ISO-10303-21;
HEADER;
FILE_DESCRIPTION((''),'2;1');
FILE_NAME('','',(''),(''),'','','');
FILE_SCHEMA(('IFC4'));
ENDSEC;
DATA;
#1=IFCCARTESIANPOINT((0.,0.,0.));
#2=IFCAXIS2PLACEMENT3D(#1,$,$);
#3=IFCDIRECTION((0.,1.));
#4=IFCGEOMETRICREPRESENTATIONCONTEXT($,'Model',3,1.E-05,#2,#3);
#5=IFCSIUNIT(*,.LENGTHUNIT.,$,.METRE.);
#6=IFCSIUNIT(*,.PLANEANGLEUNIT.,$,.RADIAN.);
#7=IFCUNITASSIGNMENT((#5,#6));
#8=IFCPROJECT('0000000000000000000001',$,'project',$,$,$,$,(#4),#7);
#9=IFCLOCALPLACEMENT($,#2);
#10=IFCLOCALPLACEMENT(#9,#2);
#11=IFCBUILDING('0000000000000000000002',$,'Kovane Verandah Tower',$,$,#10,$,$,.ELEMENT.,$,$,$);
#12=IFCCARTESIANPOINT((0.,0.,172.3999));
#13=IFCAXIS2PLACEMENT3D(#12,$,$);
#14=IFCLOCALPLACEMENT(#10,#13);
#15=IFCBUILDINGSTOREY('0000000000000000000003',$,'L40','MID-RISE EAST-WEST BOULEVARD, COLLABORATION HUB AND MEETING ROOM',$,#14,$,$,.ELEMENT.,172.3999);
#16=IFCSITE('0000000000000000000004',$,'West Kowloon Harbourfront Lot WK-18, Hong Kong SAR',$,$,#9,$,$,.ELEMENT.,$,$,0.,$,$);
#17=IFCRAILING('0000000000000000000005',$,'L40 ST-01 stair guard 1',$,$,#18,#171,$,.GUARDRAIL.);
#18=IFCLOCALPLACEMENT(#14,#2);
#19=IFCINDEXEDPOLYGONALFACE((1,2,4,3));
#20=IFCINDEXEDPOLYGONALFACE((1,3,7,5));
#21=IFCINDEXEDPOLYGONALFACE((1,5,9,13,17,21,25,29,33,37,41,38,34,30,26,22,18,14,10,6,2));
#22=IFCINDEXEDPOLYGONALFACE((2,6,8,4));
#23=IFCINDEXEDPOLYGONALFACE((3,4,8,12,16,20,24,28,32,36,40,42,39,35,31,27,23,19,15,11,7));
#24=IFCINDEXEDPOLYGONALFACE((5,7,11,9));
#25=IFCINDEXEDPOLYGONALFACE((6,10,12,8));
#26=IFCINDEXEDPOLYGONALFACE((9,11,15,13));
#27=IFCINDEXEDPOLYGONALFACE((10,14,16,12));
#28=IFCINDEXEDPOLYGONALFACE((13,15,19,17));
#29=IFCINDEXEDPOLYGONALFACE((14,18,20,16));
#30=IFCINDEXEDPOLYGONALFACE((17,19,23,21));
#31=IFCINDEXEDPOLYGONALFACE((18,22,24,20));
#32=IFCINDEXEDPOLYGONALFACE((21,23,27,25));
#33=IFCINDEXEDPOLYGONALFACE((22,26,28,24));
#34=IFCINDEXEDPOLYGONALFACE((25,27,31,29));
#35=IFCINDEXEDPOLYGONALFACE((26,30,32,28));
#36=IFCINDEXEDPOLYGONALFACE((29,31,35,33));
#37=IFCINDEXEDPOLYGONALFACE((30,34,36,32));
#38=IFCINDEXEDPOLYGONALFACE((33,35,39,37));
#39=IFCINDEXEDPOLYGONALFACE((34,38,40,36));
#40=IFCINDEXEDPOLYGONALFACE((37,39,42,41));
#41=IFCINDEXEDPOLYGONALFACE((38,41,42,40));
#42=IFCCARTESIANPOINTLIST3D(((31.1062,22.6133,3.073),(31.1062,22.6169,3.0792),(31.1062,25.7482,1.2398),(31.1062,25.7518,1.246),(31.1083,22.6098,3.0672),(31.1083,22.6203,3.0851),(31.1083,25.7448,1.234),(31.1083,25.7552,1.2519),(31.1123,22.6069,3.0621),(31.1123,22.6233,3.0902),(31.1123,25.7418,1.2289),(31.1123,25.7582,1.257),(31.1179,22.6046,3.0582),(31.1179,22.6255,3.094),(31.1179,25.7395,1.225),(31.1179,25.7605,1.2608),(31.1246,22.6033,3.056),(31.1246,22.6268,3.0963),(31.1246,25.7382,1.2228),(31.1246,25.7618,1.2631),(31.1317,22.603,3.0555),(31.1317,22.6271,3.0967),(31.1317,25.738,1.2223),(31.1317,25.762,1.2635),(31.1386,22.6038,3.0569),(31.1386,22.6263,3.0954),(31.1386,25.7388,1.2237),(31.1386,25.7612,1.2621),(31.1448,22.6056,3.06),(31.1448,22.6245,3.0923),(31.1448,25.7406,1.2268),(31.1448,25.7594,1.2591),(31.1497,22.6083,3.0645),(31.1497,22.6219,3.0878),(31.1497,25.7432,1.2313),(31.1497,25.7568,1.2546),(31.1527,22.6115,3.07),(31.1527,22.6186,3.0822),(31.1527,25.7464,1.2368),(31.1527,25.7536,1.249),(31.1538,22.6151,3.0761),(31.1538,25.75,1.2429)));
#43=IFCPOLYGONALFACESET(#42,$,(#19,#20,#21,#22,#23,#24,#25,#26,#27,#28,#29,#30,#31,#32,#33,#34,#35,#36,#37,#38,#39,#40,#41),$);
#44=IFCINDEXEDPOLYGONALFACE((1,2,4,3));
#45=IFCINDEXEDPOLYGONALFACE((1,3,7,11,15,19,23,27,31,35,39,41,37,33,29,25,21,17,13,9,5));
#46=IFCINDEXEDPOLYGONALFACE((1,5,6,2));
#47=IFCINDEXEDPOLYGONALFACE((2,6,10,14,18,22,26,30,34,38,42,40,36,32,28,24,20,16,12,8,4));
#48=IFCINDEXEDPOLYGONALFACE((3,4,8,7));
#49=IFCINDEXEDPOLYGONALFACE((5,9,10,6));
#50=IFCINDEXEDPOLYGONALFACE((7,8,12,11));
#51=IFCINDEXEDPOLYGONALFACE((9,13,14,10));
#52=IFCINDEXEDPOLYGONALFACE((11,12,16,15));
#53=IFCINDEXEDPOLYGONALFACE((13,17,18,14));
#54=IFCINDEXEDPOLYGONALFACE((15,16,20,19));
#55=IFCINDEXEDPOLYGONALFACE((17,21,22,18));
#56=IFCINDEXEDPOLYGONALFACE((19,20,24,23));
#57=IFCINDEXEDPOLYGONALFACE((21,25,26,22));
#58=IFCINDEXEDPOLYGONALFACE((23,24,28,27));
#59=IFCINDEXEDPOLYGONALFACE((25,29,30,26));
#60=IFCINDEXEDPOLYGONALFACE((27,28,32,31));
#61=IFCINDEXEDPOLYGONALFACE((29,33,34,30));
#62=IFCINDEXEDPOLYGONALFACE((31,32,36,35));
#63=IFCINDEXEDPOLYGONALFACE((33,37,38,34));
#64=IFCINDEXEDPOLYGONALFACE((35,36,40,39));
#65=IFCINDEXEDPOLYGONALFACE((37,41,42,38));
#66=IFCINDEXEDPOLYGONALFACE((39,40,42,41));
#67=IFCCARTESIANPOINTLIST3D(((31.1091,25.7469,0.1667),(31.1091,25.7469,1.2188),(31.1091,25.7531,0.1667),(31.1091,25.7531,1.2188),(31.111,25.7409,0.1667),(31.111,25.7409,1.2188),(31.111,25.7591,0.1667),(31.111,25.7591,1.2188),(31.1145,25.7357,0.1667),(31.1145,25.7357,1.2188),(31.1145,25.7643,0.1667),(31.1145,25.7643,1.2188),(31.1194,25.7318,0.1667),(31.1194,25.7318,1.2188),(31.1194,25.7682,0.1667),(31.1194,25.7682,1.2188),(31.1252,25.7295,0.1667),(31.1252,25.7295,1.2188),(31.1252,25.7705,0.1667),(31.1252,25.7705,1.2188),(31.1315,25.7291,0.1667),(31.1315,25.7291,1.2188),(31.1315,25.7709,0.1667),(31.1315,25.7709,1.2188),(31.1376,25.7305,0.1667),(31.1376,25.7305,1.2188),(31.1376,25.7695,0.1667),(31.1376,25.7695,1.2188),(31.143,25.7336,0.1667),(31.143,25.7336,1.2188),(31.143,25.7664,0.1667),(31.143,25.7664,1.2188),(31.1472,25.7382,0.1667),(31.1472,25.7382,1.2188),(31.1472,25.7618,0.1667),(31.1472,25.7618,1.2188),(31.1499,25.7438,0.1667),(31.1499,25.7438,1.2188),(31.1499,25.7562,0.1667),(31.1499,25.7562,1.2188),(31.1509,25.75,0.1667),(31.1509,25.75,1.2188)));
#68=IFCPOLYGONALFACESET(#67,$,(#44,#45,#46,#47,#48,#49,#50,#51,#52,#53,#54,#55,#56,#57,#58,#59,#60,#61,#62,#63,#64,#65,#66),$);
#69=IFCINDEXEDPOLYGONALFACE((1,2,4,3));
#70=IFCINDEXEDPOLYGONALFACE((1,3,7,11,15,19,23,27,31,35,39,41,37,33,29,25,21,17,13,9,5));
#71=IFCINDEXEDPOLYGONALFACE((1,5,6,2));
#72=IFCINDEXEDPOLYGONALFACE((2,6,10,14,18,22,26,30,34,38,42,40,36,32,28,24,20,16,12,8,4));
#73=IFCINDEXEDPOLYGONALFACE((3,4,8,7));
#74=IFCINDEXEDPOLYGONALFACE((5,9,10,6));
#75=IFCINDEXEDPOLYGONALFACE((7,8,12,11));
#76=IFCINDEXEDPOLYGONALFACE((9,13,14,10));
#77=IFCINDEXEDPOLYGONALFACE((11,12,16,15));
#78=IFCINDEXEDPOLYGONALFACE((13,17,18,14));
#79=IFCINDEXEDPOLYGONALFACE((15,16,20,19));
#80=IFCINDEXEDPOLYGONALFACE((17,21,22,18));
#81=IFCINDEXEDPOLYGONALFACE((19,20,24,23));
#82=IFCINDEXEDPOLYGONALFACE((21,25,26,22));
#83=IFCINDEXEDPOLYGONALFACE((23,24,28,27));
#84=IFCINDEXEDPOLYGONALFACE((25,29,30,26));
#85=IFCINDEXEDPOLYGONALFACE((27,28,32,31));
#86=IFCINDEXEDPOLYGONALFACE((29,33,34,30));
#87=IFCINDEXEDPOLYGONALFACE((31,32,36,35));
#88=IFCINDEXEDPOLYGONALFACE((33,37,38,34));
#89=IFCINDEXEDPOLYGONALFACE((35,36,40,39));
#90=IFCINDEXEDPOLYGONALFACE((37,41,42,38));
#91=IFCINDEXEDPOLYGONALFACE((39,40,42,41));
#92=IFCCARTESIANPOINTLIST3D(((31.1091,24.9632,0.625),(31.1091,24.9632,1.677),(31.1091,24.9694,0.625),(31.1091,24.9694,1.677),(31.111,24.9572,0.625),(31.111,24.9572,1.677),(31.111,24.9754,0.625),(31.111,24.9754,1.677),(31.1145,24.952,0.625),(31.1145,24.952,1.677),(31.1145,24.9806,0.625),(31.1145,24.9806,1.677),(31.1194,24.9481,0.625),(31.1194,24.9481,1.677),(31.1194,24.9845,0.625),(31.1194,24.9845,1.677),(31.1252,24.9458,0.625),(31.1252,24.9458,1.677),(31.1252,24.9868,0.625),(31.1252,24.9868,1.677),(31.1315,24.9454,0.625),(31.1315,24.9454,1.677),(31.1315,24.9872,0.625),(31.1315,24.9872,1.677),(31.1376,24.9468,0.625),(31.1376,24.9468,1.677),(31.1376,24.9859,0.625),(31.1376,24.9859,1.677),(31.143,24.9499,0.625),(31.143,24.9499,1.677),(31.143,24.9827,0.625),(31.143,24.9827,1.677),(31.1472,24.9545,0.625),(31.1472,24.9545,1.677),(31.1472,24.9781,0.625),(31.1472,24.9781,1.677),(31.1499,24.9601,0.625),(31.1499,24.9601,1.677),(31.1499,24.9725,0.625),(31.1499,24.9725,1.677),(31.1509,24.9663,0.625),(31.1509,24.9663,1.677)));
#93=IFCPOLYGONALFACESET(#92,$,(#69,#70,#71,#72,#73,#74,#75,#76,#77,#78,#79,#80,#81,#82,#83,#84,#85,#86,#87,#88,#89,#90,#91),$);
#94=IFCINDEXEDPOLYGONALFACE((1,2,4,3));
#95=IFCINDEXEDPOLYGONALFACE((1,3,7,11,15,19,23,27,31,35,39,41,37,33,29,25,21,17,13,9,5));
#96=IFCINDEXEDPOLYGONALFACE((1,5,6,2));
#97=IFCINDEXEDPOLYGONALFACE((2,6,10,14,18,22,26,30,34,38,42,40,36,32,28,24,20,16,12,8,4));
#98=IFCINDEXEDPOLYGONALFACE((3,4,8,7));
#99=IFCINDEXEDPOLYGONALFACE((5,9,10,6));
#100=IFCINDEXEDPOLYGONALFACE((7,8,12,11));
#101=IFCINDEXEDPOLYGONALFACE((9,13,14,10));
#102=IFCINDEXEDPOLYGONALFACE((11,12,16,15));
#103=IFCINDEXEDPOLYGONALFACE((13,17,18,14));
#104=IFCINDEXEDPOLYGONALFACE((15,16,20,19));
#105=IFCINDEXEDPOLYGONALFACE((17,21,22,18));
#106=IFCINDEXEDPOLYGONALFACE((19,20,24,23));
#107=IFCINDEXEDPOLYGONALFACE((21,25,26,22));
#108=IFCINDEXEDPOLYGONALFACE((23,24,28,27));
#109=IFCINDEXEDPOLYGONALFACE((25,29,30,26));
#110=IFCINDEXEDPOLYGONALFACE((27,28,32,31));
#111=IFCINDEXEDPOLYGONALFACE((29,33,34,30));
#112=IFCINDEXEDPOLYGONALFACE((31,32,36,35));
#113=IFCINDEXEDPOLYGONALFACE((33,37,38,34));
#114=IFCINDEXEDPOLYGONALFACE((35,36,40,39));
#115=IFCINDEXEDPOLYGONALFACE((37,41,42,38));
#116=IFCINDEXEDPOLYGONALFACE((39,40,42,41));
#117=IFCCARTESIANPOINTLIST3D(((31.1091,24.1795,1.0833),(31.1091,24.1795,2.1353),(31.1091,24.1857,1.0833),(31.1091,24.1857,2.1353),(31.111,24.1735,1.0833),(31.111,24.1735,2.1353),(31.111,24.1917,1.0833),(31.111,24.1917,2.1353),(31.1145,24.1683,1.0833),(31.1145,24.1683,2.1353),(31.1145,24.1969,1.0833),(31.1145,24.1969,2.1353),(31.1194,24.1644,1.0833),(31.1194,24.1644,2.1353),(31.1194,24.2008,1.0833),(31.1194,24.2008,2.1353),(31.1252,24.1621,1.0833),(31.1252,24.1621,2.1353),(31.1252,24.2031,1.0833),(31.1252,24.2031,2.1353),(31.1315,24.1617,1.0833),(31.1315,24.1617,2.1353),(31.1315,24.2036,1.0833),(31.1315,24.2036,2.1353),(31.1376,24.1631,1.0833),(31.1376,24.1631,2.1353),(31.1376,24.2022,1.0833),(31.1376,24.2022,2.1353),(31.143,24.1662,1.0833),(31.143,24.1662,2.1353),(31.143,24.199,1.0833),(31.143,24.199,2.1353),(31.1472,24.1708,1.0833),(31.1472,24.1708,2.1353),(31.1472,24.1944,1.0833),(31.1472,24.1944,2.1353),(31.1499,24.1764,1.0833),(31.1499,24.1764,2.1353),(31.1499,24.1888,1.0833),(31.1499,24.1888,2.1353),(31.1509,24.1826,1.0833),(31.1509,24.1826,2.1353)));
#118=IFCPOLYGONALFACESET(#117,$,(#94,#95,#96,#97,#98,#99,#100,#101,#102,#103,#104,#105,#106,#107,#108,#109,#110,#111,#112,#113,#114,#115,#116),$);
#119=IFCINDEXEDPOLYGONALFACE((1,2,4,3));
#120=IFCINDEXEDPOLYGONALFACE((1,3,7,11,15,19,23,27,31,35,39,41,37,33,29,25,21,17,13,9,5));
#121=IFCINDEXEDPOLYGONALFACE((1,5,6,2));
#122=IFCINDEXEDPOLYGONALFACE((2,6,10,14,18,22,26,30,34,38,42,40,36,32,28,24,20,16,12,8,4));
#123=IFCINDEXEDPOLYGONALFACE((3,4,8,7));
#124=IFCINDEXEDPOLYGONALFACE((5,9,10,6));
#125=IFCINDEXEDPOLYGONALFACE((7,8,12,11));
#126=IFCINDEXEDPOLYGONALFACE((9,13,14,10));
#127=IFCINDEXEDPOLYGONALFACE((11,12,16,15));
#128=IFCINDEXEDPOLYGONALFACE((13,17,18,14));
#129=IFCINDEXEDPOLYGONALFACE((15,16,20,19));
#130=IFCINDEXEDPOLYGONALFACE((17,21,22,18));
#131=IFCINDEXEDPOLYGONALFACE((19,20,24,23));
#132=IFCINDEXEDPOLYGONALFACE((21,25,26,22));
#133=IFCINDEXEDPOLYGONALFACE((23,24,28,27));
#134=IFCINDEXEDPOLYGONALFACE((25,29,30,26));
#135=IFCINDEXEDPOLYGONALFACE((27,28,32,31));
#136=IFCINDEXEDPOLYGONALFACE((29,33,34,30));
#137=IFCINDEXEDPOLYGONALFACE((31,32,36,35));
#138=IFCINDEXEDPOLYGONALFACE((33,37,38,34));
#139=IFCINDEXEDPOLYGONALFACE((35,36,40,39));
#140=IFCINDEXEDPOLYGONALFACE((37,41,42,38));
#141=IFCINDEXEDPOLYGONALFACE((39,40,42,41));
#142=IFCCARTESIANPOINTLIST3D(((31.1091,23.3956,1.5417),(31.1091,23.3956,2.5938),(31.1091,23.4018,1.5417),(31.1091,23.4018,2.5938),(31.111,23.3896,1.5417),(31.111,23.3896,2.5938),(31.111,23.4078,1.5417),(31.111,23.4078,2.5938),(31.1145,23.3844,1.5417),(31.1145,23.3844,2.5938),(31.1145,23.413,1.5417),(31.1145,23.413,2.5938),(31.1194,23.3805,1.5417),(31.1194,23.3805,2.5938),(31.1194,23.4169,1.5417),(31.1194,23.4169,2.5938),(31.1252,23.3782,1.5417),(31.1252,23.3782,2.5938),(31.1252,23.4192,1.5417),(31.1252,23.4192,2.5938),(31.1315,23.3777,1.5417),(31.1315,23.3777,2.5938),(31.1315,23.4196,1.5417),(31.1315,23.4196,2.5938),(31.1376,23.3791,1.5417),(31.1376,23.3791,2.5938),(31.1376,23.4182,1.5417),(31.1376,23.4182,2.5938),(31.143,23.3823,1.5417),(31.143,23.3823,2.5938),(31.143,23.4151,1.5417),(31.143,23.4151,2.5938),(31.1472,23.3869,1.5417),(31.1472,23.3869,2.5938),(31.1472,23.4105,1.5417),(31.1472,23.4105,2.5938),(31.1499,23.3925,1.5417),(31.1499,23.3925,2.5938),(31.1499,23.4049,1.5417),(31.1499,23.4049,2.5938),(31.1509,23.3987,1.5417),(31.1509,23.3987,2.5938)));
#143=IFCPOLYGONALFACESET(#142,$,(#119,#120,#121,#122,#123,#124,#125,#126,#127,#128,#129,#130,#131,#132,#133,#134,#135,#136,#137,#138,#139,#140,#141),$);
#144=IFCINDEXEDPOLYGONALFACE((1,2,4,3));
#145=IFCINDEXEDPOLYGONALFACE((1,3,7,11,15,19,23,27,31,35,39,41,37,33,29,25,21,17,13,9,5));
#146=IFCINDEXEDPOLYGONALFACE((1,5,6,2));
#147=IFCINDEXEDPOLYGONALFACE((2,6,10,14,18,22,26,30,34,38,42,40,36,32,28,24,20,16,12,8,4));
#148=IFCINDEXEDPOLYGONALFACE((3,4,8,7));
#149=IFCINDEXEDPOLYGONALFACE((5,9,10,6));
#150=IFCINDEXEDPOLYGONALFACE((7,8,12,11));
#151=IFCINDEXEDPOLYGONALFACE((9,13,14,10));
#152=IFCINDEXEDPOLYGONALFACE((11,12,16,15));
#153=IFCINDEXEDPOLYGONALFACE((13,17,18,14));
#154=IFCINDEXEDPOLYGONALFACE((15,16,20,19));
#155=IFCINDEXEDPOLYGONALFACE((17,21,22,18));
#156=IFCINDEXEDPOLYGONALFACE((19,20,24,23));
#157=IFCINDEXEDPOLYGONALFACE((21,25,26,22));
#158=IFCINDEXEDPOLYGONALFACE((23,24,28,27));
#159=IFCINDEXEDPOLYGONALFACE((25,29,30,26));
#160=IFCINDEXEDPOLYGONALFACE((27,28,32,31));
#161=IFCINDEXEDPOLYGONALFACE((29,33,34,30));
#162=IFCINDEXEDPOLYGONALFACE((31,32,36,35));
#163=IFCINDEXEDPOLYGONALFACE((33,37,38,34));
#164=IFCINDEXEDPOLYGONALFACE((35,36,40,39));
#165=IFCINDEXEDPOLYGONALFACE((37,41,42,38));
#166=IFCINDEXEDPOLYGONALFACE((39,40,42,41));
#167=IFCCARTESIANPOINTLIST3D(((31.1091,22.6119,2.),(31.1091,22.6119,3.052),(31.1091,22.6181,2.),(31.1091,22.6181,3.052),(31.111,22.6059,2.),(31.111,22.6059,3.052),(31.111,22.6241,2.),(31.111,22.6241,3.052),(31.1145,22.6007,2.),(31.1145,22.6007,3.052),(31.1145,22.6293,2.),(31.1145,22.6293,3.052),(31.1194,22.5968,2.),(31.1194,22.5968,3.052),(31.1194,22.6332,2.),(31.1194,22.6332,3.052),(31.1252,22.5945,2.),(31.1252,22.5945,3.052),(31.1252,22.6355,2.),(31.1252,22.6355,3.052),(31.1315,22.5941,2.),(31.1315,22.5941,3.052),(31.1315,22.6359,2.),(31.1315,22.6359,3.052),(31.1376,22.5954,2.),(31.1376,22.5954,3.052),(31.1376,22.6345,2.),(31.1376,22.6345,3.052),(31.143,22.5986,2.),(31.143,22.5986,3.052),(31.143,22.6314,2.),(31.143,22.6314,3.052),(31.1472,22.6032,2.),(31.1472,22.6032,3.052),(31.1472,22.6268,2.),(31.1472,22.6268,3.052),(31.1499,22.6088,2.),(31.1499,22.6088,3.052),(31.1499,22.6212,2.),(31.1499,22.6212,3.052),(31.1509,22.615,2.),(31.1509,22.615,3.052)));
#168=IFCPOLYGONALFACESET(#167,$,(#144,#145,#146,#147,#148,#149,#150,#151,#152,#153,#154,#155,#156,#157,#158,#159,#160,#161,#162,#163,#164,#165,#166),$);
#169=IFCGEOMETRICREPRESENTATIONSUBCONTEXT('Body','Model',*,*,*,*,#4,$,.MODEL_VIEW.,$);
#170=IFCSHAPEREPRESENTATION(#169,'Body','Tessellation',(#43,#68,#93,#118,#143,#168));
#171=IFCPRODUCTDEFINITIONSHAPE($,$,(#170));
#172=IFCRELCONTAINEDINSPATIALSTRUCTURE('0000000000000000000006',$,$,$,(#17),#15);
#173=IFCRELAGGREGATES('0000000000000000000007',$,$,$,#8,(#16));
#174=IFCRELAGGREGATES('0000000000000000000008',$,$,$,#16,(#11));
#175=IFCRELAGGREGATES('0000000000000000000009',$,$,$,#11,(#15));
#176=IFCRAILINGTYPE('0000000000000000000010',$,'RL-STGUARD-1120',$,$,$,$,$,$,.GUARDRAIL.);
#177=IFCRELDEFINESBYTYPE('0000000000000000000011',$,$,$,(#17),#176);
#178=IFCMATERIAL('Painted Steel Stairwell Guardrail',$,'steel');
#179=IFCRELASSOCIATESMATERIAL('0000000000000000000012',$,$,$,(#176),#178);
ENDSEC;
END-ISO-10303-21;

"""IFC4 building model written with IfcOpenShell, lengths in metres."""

from ifc_helpers import new_model, si_unit, direction, frame, origin, origin_2d, place, context, subcontext, project, spatial, circle, extrude, material, type_object, element, save


model = new_model("IFC4")

# Units and contexts
model_context = context("Model", 3, precision=1e-05, world=origin(), true_north=direction((0.0, 1.0)))
body_context = subcontext(model_context, "Body", "Model", "MODEL_VIEW")
ifc_project = project(units=[si_unit("LENGTHUNIT", "METRE"), si_unit("PLANEANGLEUNIT", "RADIAN")], contexts=[model_context])

# Site, building, storey
site_placement = place(None, origin())
site = spatial("IfcSite", under=ifc_project, at=site_placement, Name="West Kowloon Harbourfront Lot WK-18, Hong Kong SAR", CompositionType="ELEMENT", RefElevation=0.0)
building_placement = place(site_placement, origin())
building = spatial("IfcBuilding", under=site, at=building_placement, Name="Kovane Verandah Tower", CompositionType="ELEMENT")
storey_placement = place(building_placement, frame((0.0, 0.0, 172.3999)))
storey = spatial("IfcBuildingStorey", under=building, at=storey_placement, Name="L40", Description="MID-RISE EAST-WEST BOULEVARD, COLLABORATION HUB AND MEETING ROOM", CompositionType="ELEMENT", Elevation=172.3999)

# Railing
ifc_material_1 = material(Name="Painted Steel Stairwell Guardrail", Category="steel")
railing_type_1 = type_object("IfcRailingType", Name="RL-STGUARD-1120", PredefinedType="GUARDRAIL", material=ifc_material_1)
railing_1_placement = place(storey_placement, frame((31.1299, 25.75, 0.1667)))
element("IfcRailing", 1, at=railing_1_placement, inside=storey, type_object=railing_type_1, Name="L40 ST-01 stair guard 1", PredefinedType="GUARDRAIL", context=body_context, shape_type="SweptSolid", body=[
    extrude(circle(Radius=0.0239, at=origin_2d()), frame((0.0, 0.0, 1.0762), z_axis=(0.0, -0.86324, 0.504794), x_axis=(1.0, 0.0, 0.0)), (0.0, 0.0, 1.0), 3.6316),
    extrude(circle(Radius=0.021, at=origin_2d()), origin(), (0.0, 0.0, 1.0), 1.052),
    extrude(circle(Radius=0.021, at=origin_2d()), frame((0.0, -0.7837, 0.4583)), (0.0, 0.0, 1.0), 1.052),
    extrude(circle(Radius=0.021, at=origin_2d()), frame((0.0, -1.5674, 0.9165)), (0.0, 0.0, 1.0), 1.052),
    extrude(circle(Radius=0.021, at=origin_2d()), frame((0.0, -2.3513, 1.375)), (0.0, 0.0, 1.0), 1.052),
    extrude(circle(Radius=0.021, at=origin_2d()), frame((0.0, -3.135, 1.8333)), (0.0, 0.0, 1.0), 1.052),
])

save(model, "model.ifc")
